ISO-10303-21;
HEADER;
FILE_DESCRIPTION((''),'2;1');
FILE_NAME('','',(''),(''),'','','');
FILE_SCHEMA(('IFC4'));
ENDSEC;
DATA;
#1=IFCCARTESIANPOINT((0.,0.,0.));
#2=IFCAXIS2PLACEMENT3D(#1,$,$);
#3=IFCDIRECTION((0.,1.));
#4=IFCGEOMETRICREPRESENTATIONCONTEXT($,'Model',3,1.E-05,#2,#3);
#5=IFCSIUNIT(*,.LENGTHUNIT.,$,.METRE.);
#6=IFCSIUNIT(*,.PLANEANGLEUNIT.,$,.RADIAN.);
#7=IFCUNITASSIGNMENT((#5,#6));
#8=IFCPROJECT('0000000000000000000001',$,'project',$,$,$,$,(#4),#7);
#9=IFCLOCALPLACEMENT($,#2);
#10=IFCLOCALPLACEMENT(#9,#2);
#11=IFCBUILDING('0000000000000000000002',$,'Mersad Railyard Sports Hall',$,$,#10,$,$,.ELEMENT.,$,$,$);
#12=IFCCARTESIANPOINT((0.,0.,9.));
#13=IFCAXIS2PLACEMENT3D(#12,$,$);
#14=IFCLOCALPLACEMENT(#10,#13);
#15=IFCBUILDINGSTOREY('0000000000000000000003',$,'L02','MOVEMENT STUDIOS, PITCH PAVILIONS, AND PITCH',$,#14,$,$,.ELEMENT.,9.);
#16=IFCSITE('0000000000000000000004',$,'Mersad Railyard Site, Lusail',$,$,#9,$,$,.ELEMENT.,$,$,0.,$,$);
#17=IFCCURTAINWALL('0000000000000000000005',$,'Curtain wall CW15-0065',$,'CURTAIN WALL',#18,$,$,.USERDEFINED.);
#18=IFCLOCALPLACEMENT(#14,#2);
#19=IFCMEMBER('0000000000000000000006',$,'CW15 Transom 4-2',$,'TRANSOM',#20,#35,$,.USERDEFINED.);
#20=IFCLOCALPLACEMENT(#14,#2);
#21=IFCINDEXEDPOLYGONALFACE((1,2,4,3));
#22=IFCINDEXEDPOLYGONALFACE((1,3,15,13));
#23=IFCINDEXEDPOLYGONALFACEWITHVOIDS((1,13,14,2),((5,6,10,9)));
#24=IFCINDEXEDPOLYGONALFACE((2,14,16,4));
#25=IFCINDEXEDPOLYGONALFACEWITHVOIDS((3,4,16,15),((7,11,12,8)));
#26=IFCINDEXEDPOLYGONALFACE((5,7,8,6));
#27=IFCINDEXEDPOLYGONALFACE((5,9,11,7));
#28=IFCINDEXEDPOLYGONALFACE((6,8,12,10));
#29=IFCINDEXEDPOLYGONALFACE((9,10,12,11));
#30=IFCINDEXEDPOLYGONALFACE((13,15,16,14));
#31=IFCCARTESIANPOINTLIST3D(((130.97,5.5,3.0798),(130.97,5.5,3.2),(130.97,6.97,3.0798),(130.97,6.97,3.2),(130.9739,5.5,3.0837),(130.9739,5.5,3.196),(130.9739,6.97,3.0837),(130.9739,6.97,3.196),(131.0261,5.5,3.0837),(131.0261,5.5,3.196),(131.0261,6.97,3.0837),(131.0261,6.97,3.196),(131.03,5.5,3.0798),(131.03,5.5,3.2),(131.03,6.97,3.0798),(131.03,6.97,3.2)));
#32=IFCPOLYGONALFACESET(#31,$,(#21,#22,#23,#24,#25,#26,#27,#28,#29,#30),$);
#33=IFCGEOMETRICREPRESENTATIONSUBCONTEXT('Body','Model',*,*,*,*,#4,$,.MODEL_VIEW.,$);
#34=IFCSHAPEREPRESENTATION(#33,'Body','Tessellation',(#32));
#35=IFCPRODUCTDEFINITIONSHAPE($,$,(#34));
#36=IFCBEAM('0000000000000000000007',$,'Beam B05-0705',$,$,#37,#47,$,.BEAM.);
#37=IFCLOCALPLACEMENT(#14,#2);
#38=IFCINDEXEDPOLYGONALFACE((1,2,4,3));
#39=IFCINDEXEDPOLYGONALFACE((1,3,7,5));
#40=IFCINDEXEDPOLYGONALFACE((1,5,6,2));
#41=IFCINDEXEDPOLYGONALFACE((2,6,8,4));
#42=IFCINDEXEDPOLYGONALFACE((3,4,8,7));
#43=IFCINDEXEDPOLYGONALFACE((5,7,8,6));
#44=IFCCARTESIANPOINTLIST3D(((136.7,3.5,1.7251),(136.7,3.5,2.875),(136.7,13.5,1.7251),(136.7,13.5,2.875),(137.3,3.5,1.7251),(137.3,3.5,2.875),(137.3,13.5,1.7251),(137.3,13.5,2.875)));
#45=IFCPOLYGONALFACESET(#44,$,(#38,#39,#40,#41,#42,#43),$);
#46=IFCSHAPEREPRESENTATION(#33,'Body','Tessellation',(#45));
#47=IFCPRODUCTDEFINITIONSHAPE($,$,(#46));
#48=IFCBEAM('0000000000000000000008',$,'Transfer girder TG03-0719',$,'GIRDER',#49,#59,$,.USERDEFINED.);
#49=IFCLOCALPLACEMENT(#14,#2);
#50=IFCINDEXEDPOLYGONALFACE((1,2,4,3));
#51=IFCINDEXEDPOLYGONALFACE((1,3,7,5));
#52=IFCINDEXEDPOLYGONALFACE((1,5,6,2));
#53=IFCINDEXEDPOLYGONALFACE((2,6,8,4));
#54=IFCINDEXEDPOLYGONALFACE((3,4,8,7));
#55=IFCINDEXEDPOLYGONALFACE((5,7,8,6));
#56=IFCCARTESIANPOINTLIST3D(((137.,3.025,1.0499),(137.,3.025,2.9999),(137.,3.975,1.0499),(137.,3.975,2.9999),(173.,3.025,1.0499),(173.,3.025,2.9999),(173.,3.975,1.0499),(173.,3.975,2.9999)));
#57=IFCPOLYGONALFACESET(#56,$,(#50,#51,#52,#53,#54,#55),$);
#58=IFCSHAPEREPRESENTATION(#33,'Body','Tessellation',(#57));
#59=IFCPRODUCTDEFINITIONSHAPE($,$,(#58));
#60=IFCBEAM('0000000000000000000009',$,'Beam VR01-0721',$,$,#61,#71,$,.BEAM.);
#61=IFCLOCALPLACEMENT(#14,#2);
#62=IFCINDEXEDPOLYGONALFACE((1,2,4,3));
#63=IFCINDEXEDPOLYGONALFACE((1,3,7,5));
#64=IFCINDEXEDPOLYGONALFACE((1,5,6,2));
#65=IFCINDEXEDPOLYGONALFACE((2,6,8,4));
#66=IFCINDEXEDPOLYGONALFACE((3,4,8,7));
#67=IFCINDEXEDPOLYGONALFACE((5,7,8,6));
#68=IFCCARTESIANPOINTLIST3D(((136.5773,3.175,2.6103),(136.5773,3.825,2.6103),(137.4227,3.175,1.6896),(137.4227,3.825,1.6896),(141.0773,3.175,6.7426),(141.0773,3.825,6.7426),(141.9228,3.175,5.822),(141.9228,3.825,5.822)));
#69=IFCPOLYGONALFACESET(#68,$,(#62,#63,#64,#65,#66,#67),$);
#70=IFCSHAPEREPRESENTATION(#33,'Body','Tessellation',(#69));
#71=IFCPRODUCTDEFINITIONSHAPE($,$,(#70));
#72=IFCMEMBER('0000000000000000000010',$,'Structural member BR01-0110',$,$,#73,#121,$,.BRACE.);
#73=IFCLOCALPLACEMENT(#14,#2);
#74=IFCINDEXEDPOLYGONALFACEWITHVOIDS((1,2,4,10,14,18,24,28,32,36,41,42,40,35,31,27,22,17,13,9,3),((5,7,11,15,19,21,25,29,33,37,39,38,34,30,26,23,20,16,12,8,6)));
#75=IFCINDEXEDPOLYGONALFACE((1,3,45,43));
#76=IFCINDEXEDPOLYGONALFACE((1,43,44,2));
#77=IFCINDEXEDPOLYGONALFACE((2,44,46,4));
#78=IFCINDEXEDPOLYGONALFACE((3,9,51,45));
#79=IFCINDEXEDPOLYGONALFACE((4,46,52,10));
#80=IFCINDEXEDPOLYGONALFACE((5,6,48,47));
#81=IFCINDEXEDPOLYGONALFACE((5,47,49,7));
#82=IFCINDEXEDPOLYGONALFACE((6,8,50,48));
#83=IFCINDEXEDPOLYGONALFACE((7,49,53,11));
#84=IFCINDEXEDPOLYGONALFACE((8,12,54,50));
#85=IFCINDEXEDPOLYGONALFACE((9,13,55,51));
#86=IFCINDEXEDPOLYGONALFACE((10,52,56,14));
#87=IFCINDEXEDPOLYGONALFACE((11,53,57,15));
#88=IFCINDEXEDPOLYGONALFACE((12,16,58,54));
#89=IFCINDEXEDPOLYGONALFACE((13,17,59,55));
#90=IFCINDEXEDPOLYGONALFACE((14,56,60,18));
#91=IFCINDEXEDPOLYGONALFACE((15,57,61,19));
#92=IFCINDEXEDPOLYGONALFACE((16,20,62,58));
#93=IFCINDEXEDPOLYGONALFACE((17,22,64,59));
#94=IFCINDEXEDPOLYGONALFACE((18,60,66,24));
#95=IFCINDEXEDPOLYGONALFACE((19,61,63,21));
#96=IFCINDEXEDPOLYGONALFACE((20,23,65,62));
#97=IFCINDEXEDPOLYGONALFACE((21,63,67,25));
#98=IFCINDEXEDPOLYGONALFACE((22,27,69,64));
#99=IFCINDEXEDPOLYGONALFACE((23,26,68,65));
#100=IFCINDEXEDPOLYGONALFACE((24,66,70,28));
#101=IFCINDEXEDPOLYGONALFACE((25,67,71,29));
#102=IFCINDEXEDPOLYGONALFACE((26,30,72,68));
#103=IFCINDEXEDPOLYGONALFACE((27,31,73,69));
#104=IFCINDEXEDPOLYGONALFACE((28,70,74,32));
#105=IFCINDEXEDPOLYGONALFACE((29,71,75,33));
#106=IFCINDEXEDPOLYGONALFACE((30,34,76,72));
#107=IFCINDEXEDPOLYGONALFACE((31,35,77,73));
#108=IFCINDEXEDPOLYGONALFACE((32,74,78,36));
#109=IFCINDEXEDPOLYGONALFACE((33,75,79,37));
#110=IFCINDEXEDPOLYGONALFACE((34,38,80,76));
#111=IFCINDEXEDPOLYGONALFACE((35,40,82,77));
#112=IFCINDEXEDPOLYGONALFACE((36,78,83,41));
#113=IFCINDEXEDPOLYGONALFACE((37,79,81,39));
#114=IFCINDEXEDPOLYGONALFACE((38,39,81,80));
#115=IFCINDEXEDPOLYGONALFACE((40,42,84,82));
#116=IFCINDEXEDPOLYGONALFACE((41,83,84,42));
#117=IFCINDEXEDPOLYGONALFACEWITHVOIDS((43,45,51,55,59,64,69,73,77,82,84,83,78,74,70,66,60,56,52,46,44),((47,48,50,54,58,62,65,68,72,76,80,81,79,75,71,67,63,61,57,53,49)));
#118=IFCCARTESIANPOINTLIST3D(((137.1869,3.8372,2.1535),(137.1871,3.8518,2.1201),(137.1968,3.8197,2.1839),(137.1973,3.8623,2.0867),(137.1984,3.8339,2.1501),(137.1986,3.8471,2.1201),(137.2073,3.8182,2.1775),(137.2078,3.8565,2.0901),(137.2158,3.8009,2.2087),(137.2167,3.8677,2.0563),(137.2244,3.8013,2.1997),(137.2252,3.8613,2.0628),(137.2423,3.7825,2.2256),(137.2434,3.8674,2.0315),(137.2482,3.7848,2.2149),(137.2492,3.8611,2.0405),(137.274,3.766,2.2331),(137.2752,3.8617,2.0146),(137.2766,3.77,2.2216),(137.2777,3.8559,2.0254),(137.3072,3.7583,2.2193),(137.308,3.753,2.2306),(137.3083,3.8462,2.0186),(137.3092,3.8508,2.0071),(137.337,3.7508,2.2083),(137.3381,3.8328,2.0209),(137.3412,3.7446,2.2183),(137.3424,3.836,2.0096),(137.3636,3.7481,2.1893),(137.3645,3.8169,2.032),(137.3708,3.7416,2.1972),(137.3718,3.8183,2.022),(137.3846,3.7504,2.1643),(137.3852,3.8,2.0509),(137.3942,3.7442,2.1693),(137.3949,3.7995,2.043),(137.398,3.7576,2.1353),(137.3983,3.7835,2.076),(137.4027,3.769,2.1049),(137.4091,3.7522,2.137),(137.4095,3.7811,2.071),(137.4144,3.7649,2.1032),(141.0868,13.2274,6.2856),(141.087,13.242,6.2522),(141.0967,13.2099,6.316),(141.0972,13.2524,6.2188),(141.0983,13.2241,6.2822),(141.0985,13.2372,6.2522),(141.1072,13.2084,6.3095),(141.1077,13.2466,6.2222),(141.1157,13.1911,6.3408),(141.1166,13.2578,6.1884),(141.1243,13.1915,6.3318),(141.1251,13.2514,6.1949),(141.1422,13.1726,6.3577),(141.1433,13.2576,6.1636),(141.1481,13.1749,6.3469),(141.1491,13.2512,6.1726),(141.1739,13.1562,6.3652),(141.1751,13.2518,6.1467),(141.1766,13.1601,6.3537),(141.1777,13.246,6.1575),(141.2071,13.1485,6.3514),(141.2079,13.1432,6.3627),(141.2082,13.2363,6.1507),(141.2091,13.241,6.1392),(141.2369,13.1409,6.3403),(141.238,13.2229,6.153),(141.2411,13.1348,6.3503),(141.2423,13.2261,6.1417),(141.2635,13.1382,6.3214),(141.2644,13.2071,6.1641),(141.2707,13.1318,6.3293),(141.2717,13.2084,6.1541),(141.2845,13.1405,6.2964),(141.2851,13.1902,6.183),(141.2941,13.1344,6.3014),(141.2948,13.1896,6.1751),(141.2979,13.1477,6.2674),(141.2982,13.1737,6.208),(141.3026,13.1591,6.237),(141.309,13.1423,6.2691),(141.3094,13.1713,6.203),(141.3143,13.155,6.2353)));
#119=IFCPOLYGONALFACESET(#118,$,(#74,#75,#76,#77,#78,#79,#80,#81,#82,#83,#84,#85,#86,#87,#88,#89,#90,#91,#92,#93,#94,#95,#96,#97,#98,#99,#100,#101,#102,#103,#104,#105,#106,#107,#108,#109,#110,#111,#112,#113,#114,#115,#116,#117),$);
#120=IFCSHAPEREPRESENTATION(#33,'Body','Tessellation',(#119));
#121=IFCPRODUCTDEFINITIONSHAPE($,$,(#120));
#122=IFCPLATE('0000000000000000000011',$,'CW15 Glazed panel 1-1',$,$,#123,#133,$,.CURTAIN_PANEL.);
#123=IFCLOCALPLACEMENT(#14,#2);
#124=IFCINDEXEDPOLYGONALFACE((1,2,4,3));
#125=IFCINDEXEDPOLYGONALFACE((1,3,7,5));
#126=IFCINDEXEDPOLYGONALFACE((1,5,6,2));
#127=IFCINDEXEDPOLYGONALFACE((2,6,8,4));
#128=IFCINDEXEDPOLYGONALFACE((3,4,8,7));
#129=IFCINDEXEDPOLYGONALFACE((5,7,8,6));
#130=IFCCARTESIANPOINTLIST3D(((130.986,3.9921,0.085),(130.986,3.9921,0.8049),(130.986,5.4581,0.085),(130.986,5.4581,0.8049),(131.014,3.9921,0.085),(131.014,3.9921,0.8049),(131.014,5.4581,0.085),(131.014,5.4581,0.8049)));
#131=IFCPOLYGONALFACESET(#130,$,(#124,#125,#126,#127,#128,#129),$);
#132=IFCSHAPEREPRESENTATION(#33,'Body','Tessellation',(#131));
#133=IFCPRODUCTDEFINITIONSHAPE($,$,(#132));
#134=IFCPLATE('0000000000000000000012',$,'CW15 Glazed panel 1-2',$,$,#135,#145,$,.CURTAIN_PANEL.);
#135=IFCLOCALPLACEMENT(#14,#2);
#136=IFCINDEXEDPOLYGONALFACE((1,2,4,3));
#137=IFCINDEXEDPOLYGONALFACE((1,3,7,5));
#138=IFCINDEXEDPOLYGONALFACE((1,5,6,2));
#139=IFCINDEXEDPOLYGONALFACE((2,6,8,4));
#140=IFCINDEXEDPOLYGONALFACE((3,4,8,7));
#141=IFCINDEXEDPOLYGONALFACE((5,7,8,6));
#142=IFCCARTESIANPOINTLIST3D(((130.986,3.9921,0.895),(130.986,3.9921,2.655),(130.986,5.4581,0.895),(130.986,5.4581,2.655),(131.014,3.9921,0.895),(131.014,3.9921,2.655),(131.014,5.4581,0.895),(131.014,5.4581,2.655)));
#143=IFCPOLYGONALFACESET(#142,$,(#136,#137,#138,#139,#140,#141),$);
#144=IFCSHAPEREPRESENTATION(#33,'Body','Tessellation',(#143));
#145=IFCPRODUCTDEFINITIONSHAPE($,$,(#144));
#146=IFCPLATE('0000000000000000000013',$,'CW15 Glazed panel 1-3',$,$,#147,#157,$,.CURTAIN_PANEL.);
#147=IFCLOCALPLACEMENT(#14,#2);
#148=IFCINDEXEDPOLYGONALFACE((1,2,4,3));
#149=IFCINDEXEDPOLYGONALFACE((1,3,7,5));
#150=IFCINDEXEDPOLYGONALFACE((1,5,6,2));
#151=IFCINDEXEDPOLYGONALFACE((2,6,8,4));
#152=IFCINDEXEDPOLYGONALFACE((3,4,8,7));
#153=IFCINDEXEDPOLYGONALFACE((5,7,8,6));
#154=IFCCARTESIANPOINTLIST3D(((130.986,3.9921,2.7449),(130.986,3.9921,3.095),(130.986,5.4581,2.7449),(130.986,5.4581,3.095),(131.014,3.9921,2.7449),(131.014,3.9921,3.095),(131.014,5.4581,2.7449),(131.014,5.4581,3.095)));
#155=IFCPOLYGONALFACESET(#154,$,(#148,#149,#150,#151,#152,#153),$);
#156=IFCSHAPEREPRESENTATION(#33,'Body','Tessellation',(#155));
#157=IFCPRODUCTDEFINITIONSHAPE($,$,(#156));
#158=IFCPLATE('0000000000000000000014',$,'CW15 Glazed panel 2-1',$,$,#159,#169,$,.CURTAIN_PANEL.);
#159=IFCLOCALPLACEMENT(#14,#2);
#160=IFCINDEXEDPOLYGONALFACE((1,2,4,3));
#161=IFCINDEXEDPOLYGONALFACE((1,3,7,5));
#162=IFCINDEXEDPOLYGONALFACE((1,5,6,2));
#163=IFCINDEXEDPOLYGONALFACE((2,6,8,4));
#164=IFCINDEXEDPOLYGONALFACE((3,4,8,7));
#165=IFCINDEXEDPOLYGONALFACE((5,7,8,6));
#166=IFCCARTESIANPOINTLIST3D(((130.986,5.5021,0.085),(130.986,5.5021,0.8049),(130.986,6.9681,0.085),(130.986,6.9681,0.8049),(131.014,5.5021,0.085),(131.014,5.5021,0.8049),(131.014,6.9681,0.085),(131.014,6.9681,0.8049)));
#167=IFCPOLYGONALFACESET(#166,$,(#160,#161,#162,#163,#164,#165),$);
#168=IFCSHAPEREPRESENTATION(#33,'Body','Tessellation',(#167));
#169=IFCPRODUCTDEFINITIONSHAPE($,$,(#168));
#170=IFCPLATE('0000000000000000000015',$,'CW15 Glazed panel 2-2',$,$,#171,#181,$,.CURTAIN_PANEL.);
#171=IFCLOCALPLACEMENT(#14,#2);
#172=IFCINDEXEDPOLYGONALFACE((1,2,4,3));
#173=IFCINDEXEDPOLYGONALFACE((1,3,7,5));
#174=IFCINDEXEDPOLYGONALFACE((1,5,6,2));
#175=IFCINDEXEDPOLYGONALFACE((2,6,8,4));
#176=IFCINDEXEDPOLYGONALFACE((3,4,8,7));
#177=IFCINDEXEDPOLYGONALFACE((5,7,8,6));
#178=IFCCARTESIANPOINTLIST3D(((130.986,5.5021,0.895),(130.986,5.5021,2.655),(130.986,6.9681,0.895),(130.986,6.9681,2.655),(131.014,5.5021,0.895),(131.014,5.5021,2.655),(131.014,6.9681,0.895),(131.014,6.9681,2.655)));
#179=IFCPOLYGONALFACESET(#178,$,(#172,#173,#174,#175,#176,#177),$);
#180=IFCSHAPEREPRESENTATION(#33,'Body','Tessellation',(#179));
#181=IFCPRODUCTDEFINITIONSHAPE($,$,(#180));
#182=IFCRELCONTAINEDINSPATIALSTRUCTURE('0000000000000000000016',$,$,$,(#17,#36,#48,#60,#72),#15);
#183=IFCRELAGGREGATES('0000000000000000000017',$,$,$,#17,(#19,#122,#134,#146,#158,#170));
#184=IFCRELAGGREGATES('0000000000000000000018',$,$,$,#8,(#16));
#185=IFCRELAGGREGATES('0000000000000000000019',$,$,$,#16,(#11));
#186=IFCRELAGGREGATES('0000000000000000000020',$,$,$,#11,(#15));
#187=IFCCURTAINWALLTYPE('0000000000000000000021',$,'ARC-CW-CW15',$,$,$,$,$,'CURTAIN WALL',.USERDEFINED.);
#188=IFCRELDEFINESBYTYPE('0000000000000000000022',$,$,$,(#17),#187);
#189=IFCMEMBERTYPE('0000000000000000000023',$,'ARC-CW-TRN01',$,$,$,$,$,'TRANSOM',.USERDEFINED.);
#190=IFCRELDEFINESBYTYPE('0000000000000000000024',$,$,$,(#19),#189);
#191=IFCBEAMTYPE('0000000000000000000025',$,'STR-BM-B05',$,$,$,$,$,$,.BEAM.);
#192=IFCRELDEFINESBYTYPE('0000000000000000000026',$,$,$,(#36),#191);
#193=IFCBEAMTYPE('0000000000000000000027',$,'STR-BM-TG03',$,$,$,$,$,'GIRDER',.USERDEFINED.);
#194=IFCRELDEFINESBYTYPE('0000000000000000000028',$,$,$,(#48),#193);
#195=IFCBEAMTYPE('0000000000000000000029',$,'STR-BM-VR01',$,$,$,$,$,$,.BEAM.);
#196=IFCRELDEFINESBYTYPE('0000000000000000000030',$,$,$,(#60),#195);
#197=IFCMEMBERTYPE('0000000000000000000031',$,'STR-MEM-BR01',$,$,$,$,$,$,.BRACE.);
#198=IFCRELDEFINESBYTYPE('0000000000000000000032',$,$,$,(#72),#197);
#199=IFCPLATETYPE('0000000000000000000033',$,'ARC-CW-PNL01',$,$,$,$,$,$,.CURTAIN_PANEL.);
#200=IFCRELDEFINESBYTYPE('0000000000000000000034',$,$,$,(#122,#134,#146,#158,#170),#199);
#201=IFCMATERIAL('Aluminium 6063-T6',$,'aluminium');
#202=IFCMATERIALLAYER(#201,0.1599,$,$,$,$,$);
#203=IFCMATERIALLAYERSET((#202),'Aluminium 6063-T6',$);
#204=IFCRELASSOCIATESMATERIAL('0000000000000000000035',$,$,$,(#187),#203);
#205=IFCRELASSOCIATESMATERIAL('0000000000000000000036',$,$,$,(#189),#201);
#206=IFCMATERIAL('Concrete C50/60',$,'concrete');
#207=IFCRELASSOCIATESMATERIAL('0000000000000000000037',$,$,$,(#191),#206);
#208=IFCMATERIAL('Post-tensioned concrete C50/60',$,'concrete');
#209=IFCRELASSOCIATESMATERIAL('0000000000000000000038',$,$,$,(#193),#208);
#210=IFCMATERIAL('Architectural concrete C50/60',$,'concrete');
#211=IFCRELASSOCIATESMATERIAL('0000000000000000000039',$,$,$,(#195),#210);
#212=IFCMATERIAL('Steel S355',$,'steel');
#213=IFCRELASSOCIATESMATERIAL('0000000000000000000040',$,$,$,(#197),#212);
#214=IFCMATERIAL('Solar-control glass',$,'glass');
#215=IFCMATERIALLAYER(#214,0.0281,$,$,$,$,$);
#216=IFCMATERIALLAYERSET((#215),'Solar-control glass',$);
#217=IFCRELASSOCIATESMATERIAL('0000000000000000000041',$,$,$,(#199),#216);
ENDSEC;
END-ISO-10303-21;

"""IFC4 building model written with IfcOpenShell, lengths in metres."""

from ifc_helpers import new_model, si_unit, direction, frame, origin, origin_2d, place, context, subcontext, project, spatial, rectangle, hollow_rectangle, hollow_circle, extrude, material, layer, layer_set, material_profile, profile_set, type_object, element, aggregate, save


model = new_model("IFC4")

# Units and contexts
model_context = context("Model", 3, precision=1e-05, world=origin(), true_north=direction((0.0, 1.0)))
body_context = subcontext(model_context, "Body", "Model", "MODEL_VIEW")
ifc_project = project(units=[si_unit("LENGTHUNIT", "METRE"), si_unit("PLANEANGLEUNIT", "RADIAN")], contexts=[model_context])

# Site, building, storey
site_placement = place(None, origin())
site = spatial("IfcSite", under=ifc_project, at=site_placement, Name="Mersad Railyard Site, Lusail", CompositionType="ELEMENT", RefElevation=0.0)
building_placement = place(site_placement, origin())
building = spatial("IfcBuilding", under=site, at=building_placement, Name="Mersad Railyard Sports Hall", CompositionType="ELEMENT")
storey_placement = place(building_placement, frame((0.0, 0.0, 9.0)))
storey = spatial("IfcBuildingStorey", under=building, at=storey_placement, Name="L02", Description="MOVEMENT STUDIOS, PITCH PAVILIONS, AND PITCH", CompositionType="ELEMENT", Elevation=9.0)

# Shared definitions
ifc_material_1 = material(Name="Concrete C50/60", Category="concrete")

# Curtain wall, member
ifc_material_2 = material(Name="Aluminium 6063-T6", Category="aluminium")
ifc_layer_1 = layer(ifc_material_2, 0.1599)
ifc_layer_set_1 = layer_set([ifc_layer_1], Name="Aluminium 6063-T6")
curtain_wall_type = type_object("IfcCurtainWallType", Name="ARC-CW-CW15", ElementType="CURTAIN WALL", PredefinedType="USERDEFINED", material=ifc_layer_set_1)
curtain_wall_placement = place(storey_placement, origin())
curtain_wall = element("IfcCurtainWall", 1, at=curtain_wall_placement, inside=storey, type_object=curtain_wall_type, Name="Curtain wall CW15-0065", ObjectType="CURTAIN WALL", PredefinedType="USERDEFINED")
ifc_material_profile_1 = material_profile(ifc_material_2, hollow_rectangle(XDim=0.0601, YDim=0.1201, WallThickness=0.0039, at=origin_2d()), Name="AL TRANSOM 60x120x4")
ifc_profile_set_1 = profile_set([ifc_material_profile_1], Name="Aluminium 6063-T6")
member_type_1 = type_object("IfcMemberType", Name="ARC-CW-TRN01", ElementType="TRANSOM", PredefinedType="USERDEFINED", material=ifc_profile_set_1)
member_1_placement = place(storey_placement, frame((131.0, 5.5, 3.1399), z_axis=(0.0, 1.0, 0.0), x_axis=(-1.0, 0.0, 0.0)))
member_1 = element("IfcMember", 2, at=member_1_placement, type_object=member_type_1, Name="CW15 Transom 4-2", ObjectType="TRANSOM", PredefinedType="USERDEFINED", context=body_context, shape_type="SweptSolid", body=[
    extrude(hollow_rectangle(XDim=0.0601, YDim=0.1201, WallThickness=0.0039, at=origin_2d()), origin(), (0.0, 0.0, 1.0), 1.47),
])

# Beams
ifc_material_profile_2 = material_profile(ifc_material_1, rectangle(XDim=0.6001, YDim=1.1499, at=origin_2d()), Name="RC 600x1150")
ifc_profile_set_2 = profile_set([ifc_material_profile_2], Name="Concrete C50/60")
beam_type_1 = type_object("IfcBeamType", Name="STR-BM-B05", PredefinedType="BEAM", material=ifc_profile_set_2)
beam_1_placement = place(storey_placement, frame((137.0, 3.5, 2.3), z_axis=(0.0, 1.0, 0.0), x_axis=(-1.0, 0.0, 0.0)))
element("IfcBeam", 3, at=beam_1_placement, inside=storey, type_object=beam_type_1, Name="Beam B05-0705", PredefinedType="BEAM", context=body_context, shape_type="SweptSolid", body=[
    extrude(rectangle(XDim=0.6001, YDim=1.1499, at=origin_2d()), origin(), (0.0, 0.0, 1.0), 10.0),
])
ifc_material_3 = material(Name="Post-tensioned concrete C50/60", Category="concrete")
ifc_material_profile_3 = material_profile(ifc_material_3, rectangle(XDim=0.95, YDim=1.95, at=origin_2d()), Name="PT 950x1950")
ifc_profile_set_3 = profile_set([ifc_material_profile_3], Name="Post-tensioned concrete C50/60")
beam_type_2 = type_object("IfcBeamType", Name="STR-BM-TG03", ElementType="GIRDER", PredefinedType="USERDEFINED", material=ifc_profile_set_3)
beam_2_placement = place(storey_placement, frame((137.0, 3.5, 2.0249), z_axis=(1.0, 0.0, 0.0), x_axis=(0.0, 1.0, 0.0)))
element("IfcBeam", 4, at=beam_2_placement, inside=storey, type_object=beam_type_2, Name="Transfer girder TG03-0719", ObjectType="GIRDER", PredefinedType="USERDEFINED", context=body_context, shape_type="SweptSolid", body=[
    extrude(rectangle(XDim=0.95, YDim=1.95, at=origin_2d()), origin(), (0.0, 0.0, 1.0), 36.0),
])
ifc_material_4 = material(Name="Architectural concrete C50/60", Category="concrete")
ifc_material_profile_4 = material_profile(ifc_material_4, rectangle(XDim=0.6499, YDim=1.25, at=origin_2d()), Name="VR 650x1250")
ifc_profile_set_4 = profile_set([ifc_material_profile_4], Name="Architectural concrete C50/60")
beam_type_3 = type_object("IfcBeamType", Name="STR-BM-VR01", PredefinedType="BEAM", material=ifc_profile_set_4)
beam_3_placement = place(storey_placement, frame((137.0, 3.5, 2.1499), z_axis=(0.736557, 0.0, 0.676376), x_axis=(0.0, 1.0, 0.0)))
element("IfcBeam", 5, at=beam_3_placement, inside=storey, type_object=beam_type_3, Name="Beam VR01-0721", PredefinedType="BEAM", context=body_context, shape_type="SweptSolid", body=[
    extrude(rectangle(XDim=0.6499, YDim=1.25, at=origin_2d()), origin(), (0.0, 0.0, 1.0), 6.1096),
])

# Member
ifc_material_5 = material(Name="Steel S355", Category="steel")
ifc_material_profile_5 = material_profile(ifc_material_5, hollow_circle(Radius=0.1223, WallThickness=0.0125, at=origin_2d()), Name="CHS 244.5x12.5")
ifc_profile_set_5 = profile_set([ifc_material_profile_5], Name="Steel S355")
member_type_2 = type_object("IfcMemberType", Name="STR-MEM-BR01", PredefinedType="BRACE", material=ifc_profile_set_5)
member_2_placement = place(storey_placement, frame((137.3, 3.8049, 2.1201), z_axis=(0.355333, 0.855567, 0.376488), x_axis=(-0.923518, 0.383555, 0.0)))
element("IfcMember", 6, at=member_2_placement, inside=storey, type_object=member_type_2, Name="Structural member BR01-0110", PredefinedType="BRACE", context=body_context, shape_type="SweptSolid", body=[
    extrude(hollow_circle(Radius=0.1223, WallThickness=0.0125, at=origin_2d()), origin(), (0.0, 0.0, 1.0), 10.9753),
])

# Plates
ifc_material_6 = material(Name="Solar-control glass", Category="glass")
ifc_layer_2 = layer(ifc_material_6, 0.0281)
ifc_layer_set_2 = layer_set([ifc_layer_2], Name="Solar-control glass")
plate_type_1 = type_object("IfcPlateType", Name="ARC-CW-PNL01", PredefinedType="CURTAIN_PANEL", material=ifc_layer_set_2)
plate_1_placement = place(storey_placement, frame((131.0, 4.7251, 0.085), z_axis=(0.0, 0.0, 1.0), x_axis=(0.0, 1.0, 0.0)))
plate_1 = element("IfcPlate", 7, at=plate_1_placement, type_object=plate_type_1, Name="CW15 Glazed panel 1-1", PredefinedType="CURTAIN_PANEL", context=body_context, shape_type="SweptSolid", body=[
    extrude(rectangle(XDim=1.4661, YDim=0.0281, at=origin_2d()), origin(), (0.0, 0.0, 1.0), 0.72),
])
plate_2_placement = place(storey_placement, frame((131.0, 4.7251, 0.895), z_axis=(0.0, 0.0, 1.0), x_axis=(0.0, 1.0, 0.0)))
plate_2 = element("IfcPlate", 8, at=plate_2_placement, type_object=plate_type_1, Name="CW15 Glazed panel 1-2", PredefinedType="CURTAIN_PANEL", context=body_context, shape_type="SweptSolid", body=[
    extrude(rectangle(XDim=1.4661, YDim=0.0281, at=origin_2d()), origin(), (0.0, 0.0, 1.0), 1.76),
])
plate_3_placement = place(storey_placement, frame((131.0, 4.7251, 2.7449), z_axis=(0.0, 0.0, 1.0), x_axis=(0.0, 1.0, 0.0)))
plate_3 = element("IfcPlate", 9, at=plate_3_placement, type_object=plate_type_1, Name="CW15 Glazed panel 1-3", PredefinedType="CURTAIN_PANEL", context=body_context, shape_type="SweptSolid", body=[
    extrude(rectangle(XDim=1.4661, YDim=0.0281, at=origin_2d()), origin(), (0.0, 0.0, 1.0), 0.3501),
])
plate_4_placement = place(storey_placement, frame((131.0, 6.2351, 0.085), z_axis=(0.0, 0.0, 1.0), x_axis=(0.0, 1.0, 0.0)))
plate_4 = element("IfcPlate", 10, at=plate_4_placement, type_object=plate_type_1, Name="CW15 Glazed panel 2-1", PredefinedType="CURTAIN_PANEL", context=body_context, shape_type="SweptSolid", body=[
    extrude(rectangle(XDim=1.4661, YDim=0.0281, at=origin_2d()), origin(), (0.0, 0.0, 1.0), 0.72),
])
plate_5_placement = place(storey_placement, frame((131.0, 6.2351, 0.895), z_axis=(0.0, 0.0, 1.0), x_axis=(0.0, 1.0, 0.0)))
plate_5 = element("IfcPlate", 11, at=plate_5_placement, type_object=plate_type_1, Name="CW15 Glazed panel 2-2", PredefinedType="CURTAIN_PANEL", context=body_context, shape_type="SweptSolid", body=[
    extrude(rectangle(XDim=1.4661, YDim=0.0281, at=origin_2d()), origin(), (0.0, 0.0, 1.0), 1.76),
])
aggregate(curtain_wall, [member_1, plate_1, plate_2, plate_3, plate_4, plate_5])

save(model, "model.ifc")
